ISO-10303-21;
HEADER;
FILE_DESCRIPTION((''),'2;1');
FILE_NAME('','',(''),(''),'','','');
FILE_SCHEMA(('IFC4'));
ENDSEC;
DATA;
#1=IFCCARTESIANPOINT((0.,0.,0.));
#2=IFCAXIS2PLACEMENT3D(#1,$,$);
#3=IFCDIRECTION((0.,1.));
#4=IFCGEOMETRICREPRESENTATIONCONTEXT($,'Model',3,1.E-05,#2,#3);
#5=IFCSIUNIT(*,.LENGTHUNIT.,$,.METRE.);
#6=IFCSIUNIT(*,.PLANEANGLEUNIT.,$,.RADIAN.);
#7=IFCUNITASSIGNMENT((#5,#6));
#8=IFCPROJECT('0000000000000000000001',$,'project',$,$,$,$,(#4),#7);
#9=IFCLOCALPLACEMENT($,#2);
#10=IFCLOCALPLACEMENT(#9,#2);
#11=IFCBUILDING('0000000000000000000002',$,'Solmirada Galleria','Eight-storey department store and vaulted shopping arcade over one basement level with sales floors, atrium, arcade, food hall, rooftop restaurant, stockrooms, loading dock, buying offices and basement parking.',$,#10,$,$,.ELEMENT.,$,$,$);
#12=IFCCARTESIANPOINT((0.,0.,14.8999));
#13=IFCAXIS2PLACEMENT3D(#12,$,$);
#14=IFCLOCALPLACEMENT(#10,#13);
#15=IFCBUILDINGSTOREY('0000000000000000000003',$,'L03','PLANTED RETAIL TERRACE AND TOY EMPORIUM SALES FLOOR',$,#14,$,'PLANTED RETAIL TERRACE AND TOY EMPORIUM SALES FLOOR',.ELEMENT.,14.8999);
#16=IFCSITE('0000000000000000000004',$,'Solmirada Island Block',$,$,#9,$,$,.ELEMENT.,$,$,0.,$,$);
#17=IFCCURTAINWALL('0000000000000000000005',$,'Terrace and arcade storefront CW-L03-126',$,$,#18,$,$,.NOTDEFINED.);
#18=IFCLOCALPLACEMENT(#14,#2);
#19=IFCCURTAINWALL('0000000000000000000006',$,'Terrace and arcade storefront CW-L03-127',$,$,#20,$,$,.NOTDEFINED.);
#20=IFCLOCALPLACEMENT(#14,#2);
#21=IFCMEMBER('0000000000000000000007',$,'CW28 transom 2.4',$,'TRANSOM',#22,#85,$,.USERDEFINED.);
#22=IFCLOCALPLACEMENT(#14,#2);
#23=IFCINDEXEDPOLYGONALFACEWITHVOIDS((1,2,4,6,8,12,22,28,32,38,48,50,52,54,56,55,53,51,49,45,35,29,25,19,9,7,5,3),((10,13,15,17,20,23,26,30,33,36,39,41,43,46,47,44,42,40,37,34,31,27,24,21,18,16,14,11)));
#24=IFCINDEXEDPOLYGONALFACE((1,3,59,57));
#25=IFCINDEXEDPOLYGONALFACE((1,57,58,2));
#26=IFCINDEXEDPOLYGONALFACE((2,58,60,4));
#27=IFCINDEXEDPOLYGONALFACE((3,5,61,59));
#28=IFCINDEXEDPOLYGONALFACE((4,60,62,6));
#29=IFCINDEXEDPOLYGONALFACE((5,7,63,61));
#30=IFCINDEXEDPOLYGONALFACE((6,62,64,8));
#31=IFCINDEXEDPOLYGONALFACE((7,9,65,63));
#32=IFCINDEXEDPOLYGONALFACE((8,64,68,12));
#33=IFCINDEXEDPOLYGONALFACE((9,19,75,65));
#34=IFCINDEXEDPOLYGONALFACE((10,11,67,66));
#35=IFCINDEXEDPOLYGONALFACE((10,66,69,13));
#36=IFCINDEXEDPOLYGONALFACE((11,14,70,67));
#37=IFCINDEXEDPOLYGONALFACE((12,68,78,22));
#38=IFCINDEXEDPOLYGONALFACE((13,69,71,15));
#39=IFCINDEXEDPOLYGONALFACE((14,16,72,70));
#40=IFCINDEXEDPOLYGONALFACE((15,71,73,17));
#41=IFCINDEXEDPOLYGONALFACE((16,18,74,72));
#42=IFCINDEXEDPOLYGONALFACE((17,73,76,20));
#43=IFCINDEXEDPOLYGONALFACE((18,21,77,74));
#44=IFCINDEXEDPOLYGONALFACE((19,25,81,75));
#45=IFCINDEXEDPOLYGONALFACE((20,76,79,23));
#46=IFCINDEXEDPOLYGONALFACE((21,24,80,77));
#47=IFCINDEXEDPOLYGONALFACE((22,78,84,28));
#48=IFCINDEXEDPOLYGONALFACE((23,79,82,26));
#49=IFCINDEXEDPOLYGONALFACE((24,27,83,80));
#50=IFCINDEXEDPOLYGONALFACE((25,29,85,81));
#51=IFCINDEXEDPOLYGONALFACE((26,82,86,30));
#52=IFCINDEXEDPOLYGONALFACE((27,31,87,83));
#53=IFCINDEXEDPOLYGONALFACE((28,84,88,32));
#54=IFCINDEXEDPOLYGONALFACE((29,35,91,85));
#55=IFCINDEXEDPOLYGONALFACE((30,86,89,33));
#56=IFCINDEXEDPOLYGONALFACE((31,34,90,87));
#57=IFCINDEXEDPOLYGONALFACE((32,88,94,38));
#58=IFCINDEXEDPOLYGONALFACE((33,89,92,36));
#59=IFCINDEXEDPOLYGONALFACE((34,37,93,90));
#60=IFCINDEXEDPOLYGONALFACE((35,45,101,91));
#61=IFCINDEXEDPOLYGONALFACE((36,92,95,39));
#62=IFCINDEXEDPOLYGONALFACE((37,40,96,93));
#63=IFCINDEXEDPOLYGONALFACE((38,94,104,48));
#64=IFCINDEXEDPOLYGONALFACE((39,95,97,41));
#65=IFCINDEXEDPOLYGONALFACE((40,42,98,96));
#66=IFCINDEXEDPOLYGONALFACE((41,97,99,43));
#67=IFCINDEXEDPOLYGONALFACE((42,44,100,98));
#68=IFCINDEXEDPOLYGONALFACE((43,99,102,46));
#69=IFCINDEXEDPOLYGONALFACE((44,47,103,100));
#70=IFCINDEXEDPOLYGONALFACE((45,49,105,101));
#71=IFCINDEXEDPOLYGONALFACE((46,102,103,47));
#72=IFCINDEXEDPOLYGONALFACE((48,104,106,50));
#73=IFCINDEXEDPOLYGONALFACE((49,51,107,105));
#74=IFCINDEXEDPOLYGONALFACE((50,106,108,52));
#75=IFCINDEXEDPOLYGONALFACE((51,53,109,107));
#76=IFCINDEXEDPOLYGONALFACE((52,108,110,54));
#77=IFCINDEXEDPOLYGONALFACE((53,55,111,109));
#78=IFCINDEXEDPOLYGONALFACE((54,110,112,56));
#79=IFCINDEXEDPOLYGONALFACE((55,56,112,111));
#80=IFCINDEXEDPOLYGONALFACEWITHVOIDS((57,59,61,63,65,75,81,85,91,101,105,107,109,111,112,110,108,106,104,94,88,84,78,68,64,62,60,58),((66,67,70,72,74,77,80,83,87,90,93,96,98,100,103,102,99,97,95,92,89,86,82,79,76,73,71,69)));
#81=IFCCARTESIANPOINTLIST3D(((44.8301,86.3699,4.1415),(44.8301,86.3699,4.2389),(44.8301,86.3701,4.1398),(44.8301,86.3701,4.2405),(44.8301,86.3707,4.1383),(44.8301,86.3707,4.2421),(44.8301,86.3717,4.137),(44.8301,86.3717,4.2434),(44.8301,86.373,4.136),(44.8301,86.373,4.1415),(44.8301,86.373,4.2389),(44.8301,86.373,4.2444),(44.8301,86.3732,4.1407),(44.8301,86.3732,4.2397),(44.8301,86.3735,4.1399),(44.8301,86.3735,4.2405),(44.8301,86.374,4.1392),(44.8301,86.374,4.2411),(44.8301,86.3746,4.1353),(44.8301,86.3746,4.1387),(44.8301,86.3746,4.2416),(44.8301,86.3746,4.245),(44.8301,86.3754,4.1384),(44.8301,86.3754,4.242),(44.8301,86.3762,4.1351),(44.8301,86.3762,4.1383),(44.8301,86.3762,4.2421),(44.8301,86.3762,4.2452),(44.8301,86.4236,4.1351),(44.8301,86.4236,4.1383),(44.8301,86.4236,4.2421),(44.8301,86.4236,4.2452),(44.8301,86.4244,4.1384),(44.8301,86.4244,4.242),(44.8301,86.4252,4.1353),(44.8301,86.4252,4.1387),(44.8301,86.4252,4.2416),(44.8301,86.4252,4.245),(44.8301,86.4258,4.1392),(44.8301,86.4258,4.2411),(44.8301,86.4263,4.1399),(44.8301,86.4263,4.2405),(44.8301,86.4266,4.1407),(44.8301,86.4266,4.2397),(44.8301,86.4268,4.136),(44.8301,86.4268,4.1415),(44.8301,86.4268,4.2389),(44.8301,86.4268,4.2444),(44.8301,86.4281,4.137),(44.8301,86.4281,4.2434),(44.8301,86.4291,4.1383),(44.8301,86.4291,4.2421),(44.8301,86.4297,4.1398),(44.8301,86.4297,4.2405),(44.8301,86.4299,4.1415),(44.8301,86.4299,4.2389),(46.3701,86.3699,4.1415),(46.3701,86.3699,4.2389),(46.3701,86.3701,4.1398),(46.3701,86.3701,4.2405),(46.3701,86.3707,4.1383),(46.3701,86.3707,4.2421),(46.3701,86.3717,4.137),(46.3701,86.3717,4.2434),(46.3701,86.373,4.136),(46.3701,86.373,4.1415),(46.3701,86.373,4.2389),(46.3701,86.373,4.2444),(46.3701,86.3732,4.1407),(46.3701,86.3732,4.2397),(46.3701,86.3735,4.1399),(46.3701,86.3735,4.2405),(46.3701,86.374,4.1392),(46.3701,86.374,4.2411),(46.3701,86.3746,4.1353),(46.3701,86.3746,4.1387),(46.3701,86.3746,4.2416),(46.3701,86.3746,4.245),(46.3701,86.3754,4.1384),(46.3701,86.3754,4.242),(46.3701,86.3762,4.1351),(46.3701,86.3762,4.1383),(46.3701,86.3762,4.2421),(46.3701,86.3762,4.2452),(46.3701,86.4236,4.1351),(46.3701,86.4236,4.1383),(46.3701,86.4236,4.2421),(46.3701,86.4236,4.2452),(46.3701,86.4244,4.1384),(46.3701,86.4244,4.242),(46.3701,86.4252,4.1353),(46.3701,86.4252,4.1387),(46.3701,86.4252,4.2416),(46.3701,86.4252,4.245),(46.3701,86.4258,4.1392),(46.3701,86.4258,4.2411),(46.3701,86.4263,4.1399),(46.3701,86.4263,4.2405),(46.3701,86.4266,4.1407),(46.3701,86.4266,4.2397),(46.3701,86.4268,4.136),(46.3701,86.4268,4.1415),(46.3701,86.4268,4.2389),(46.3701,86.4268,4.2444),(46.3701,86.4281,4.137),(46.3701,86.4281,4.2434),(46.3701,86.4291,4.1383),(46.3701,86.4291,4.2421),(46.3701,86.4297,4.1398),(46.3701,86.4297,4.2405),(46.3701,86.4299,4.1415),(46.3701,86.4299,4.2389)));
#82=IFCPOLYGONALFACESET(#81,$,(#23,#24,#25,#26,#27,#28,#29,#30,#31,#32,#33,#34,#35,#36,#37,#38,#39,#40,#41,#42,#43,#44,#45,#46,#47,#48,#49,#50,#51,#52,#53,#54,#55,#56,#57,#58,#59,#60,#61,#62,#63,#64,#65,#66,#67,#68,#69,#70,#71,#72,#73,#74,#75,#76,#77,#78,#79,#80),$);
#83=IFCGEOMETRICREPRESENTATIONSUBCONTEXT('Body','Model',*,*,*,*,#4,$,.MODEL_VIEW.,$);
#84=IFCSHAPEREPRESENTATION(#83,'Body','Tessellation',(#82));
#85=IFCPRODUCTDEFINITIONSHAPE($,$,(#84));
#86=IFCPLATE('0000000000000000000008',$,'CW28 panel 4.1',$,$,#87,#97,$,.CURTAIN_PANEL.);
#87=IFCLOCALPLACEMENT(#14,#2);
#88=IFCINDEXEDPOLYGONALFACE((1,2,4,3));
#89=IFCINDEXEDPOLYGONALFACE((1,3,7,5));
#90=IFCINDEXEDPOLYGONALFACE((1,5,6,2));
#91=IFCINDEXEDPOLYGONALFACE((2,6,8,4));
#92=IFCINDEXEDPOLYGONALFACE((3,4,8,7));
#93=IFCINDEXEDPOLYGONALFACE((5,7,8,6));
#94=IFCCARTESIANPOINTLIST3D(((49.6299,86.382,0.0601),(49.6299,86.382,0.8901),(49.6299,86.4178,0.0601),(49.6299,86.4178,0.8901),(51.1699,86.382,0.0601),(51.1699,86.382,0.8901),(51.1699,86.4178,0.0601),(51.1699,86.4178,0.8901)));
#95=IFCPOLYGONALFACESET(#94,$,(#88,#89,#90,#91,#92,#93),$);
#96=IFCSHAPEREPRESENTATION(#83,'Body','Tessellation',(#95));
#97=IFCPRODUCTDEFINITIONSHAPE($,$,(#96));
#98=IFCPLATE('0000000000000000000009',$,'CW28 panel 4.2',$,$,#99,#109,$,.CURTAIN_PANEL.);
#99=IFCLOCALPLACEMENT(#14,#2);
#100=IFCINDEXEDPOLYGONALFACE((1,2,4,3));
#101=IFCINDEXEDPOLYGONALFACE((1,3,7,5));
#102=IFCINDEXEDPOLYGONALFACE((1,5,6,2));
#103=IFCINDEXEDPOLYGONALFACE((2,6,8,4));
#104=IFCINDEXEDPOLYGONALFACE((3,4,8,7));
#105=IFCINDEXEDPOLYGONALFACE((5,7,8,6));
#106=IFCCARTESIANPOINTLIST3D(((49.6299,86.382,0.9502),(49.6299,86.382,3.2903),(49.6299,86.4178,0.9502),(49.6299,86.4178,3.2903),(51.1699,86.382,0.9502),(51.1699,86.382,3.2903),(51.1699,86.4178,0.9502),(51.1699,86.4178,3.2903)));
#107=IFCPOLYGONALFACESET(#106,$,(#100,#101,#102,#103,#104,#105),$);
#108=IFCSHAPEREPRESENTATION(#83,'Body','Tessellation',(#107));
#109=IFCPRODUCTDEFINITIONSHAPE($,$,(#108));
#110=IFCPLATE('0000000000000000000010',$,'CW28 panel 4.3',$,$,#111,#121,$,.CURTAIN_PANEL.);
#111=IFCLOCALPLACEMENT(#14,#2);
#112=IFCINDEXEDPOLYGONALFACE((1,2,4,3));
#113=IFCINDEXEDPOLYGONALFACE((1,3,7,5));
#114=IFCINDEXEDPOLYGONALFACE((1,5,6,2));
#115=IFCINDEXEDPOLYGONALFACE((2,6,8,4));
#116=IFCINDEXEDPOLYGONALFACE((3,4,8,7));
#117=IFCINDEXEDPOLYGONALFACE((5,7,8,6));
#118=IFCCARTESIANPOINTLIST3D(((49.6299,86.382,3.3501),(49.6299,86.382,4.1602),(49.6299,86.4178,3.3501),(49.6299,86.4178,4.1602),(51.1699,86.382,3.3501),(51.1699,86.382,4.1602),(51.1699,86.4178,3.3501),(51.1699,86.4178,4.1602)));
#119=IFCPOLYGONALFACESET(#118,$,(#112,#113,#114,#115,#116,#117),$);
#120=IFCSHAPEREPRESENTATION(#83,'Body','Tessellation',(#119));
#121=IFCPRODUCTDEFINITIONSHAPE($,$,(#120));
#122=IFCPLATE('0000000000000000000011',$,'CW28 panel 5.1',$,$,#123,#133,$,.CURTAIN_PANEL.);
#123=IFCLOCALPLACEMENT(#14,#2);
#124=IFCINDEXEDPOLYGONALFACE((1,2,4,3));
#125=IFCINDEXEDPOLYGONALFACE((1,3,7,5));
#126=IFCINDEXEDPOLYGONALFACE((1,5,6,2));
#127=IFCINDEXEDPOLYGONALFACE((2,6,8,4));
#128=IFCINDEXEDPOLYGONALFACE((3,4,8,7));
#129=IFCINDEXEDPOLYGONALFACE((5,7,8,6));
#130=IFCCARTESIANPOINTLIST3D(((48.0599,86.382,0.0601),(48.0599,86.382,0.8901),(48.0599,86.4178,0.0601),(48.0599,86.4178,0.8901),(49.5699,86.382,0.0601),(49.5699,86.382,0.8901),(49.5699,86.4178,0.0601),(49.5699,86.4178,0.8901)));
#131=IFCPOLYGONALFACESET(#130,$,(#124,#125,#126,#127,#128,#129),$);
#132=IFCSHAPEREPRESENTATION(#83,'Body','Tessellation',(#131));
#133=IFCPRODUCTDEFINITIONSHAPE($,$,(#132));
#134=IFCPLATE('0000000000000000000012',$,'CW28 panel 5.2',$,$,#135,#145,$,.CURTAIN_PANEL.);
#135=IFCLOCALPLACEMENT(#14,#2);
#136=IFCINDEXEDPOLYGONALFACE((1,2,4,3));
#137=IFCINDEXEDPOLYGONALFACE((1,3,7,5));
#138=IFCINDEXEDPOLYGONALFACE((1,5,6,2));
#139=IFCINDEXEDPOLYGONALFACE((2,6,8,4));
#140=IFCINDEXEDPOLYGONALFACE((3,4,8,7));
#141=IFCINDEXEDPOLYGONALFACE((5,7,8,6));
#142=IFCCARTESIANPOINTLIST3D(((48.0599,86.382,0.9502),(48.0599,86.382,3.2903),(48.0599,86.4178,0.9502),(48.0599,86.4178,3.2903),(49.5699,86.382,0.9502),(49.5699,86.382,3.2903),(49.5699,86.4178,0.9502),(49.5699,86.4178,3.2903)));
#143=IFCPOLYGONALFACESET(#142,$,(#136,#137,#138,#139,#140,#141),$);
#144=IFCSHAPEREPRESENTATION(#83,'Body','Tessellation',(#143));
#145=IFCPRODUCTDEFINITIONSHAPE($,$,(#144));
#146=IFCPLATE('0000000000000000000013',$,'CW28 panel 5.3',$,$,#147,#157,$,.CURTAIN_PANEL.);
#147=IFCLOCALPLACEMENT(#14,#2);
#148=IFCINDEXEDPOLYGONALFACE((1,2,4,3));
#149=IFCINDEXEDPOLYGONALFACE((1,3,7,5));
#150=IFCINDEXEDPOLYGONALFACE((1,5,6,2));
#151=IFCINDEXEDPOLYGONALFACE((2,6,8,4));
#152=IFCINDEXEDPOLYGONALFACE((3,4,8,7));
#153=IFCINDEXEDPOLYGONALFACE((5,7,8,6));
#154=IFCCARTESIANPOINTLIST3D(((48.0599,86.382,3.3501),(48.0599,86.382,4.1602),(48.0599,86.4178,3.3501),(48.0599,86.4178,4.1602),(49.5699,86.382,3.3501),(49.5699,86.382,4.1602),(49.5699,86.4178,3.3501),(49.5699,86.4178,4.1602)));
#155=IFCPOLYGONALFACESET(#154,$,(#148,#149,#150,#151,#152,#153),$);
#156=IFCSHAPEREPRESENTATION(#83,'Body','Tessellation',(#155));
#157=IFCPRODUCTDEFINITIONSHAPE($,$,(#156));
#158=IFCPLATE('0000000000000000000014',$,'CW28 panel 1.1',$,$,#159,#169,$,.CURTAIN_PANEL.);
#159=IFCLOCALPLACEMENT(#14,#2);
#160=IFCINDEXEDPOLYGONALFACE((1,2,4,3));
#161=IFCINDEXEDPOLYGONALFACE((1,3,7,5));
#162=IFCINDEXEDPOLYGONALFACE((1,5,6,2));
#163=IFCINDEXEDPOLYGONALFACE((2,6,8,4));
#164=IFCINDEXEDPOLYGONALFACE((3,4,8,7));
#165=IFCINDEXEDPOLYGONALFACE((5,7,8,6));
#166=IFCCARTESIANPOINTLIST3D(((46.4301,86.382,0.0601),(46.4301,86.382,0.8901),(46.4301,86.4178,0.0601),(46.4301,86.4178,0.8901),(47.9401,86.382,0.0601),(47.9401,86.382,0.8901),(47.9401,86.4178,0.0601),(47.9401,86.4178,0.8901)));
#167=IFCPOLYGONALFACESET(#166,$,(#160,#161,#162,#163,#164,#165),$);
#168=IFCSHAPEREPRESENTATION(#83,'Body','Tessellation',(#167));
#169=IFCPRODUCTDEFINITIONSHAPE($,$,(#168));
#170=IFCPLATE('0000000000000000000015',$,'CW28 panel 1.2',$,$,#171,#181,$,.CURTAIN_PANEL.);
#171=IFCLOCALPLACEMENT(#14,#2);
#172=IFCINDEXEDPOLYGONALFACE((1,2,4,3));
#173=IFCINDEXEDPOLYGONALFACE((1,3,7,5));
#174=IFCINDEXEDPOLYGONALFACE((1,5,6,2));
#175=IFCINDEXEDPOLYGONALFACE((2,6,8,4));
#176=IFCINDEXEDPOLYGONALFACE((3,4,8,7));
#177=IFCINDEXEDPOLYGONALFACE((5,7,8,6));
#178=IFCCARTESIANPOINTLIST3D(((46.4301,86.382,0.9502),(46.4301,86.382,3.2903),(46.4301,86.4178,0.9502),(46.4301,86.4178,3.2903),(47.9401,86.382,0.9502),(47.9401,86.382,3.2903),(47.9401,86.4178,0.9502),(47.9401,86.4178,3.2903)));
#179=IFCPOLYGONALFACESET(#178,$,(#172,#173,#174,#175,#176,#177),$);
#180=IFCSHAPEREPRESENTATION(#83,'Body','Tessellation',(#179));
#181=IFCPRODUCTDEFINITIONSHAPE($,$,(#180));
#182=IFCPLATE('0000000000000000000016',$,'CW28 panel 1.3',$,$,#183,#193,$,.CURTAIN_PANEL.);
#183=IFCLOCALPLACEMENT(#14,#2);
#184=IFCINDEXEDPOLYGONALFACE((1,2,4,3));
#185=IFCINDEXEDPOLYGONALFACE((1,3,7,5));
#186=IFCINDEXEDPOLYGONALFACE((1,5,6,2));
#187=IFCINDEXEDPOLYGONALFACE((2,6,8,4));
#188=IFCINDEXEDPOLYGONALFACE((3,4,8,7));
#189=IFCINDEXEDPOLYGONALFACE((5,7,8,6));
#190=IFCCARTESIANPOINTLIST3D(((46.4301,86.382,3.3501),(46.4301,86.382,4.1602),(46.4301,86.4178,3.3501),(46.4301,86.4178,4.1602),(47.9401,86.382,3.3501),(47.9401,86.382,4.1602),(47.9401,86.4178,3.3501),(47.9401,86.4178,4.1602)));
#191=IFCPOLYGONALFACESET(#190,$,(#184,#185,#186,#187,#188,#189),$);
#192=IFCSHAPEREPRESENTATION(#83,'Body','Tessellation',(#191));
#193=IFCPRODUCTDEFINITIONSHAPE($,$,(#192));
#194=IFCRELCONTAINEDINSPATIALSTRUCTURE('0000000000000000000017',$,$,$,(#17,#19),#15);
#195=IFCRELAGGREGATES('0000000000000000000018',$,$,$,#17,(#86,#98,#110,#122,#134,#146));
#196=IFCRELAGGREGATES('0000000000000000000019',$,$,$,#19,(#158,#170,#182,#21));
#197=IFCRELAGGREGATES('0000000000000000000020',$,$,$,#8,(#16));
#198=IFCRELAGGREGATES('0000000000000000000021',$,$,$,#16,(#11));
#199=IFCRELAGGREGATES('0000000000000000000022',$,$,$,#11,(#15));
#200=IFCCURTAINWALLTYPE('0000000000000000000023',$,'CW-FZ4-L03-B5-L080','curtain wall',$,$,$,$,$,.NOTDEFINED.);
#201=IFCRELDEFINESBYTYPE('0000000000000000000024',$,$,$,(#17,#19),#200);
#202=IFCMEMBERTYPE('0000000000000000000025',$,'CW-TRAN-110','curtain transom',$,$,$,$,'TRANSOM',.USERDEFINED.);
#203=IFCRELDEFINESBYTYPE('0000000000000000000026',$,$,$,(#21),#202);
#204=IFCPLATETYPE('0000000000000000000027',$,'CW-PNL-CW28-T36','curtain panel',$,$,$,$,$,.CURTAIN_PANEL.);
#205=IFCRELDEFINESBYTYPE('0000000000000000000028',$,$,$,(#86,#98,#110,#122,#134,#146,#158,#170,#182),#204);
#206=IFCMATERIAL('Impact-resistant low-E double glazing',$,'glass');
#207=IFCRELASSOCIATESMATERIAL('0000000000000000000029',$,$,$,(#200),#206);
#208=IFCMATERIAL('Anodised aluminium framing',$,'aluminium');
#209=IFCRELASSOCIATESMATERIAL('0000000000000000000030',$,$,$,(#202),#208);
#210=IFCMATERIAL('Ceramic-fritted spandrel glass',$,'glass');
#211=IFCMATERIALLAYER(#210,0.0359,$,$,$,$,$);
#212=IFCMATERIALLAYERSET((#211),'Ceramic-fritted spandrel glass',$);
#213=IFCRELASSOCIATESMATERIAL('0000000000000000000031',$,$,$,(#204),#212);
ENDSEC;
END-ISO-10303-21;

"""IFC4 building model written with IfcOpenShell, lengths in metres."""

from ifc_helpers import new_model, si_unit, direction, frame, origin, origin_2d, place, context, subcontext, project, spatial, rectangle, hollow_rectangle, extrude, material, layer, layer_set, material_profile, profile_set, type_object, element, aggregate, save


model = new_model("IFC4")

# Units and contexts
model_context = context("Model", 3, precision=1e-05, world=origin(), true_north=direction((0.0, 1.0)))
body_context = subcontext(model_context, "Body", "Model", "MODEL_VIEW")
ifc_project = project(units=[si_unit("LENGTHUNIT", "METRE"), si_unit("PLANEANGLEUNIT", "RADIAN")], contexts=[model_context])

# Site, building, storey
site_placement = place(None, origin())
site = spatial("IfcSite", under=ifc_project, at=site_placement, Name="Solmirada Island Block", CompositionType="ELEMENT", RefElevation=0.0)
building_placement = place(site_placement, origin())
building = spatial("IfcBuilding", under=site, at=building_placement, Name="Solmirada Galleria", Description="Eight-storey department store and vaulted shopping arcade over one basement level with sales floors, atrium, arcade, food hall, rooftop restaurant, stockrooms, loading dock, buying offices and basement parking.", CompositionType="ELEMENT")
storey_placement = place(building_placement, frame((0.0, 0.0, 14.8999)))
storey = spatial("IfcBuildingStorey", under=building, at=storey_placement, Name="L03", Description="PLANTED RETAIL TERRACE AND TOY EMPORIUM SALES FLOOR", LongName="PLANTED RETAIL TERRACE AND TOY EMPORIUM SALES FLOOR", CompositionType="ELEMENT", Elevation=14.8999)

# Curtain walls
ifc_material_1 = material(Name="Impact-resistant low-E double glazing", Category="glass")
curtain_wall_type = type_object("IfcCurtainWallType", Name="CW-FZ4-L03-B5-L080", Description="curtain wall", PredefinedType="NOTDEFINED", material=ifc_material_1)
curtain_wall_1_placement = place(storey_placement, origin())
curtain_wall_1 = element("IfcCurtainWall", 1, at=curtain_wall_1_placement, inside=storey, type_object=curtain_wall_type, Name="Terrace and arcade storefront CW-L03-126", PredefinedType="NOTDEFINED")
ifc_material_2 = material(Name="Anodised aluminium framing", Category="aluminium")
curtain_wall_2_placement = place(storey_placement, origin())
curtain_wall_2 = element("IfcCurtainWall", 2, at=curtain_wall_2_placement, inside=storey, type_object=curtain_wall_type, Name="Terrace and arcade storefront CW-L03-127", PredefinedType="NOTDEFINED")

# Member
ifc_material_profile_1 = material_profile(ifc_material_2, hollow_rectangle(XDim=0.0601, YDim=0.1101, WallThickness=0.0032, InnerFilletRadius=0.0032, OuterFilletRadius=0.0063, at=origin_2d()), Name="ALU-TRAN-110X60")
ifc_profile_set_1 = profile_set([ifc_material_profile_1], Name="Anodised aluminium framing")
member_type_1 = type_object("IfcMemberType", Name="CW-TRAN-110", Description="curtain transom", ElementType="TRANSOM", PredefinedType="USERDEFINED", material=ifc_profile_set_1)
member_1_placement = place(storey_placement, frame((46.3701, 86.3999, 4.1902), z_axis=(-1.0, 0.0, 0.0), x_axis=(0.0, -1.0, 0.0)))
member_1 = element("IfcMember", 3, at=member_1_placement, type_object=member_type_1, Name="CW28 transom 2.4", ObjectType="TRANSOM", PredefinedType="USERDEFINED", context=body_context, shape_type="SweptSolid", body=[
    extrude(hollow_rectangle(XDim=0.0601, YDim=0.1101, WallThickness=0.0032, InnerFilletRadius=0.0032, OuterFilletRadius=0.0063, at=origin_2d()), origin(), (0.0, 0.0, 1.0), 1.54),
])

# Plates
ifc_material_3 = material(Name="Ceramic-fritted spandrel glass", Category="glass")
ifc_layer_1 = layer(ifc_material_3, 0.0359)
ifc_layer_set_1 = layer_set([ifc_layer_1], Name="Ceramic-fritted spandrel glass")
plate_type = type_object("IfcPlateType", Name="CW-PNL-CW28-T36", Description="curtain panel", PredefinedType="CURTAIN_PANEL", material=ifc_layer_set_1)
plate_1_placement = place(storey_placement, frame((50.3999, 86.3999, 0.0601), z_axis=(0.0, 0.0, 1.0), x_axis=(-1.0, 0.0, 0.0)))
plate_1 = element("IfcPlate", 4, at=plate_1_placement, type_object=plate_type, Name="CW28 panel 4.1", PredefinedType="CURTAIN_PANEL", context=body_context, shape_type="SweptSolid", body=[
    extrude(rectangle(XDim=1.54, YDim=0.0359, at=origin_2d()), origin(), (0.0, 0.0, 1.0), 0.8301),
])
plate_2_placement = place(storey_placement, frame((50.3999, 86.3999, 0.9502), z_axis=(0.0, 0.0, 1.0), x_axis=(-1.0, 0.0, 0.0)))
plate_2 = element("IfcPlate", 5, at=plate_2_placement, type_object=plate_type, Name="CW28 panel 4.2", PredefinedType="CURTAIN_PANEL", context=body_context, shape_type="SweptSolid", body=[
    extrude(rectangle(XDim=1.54, YDim=0.0359, at=origin_2d()), origin(), (0.0, 0.0, 1.0), 2.3401),
])
plate_3_placement = place(storey_placement, frame((50.3999, 86.3999, 3.3501), z_axis=(0.0, 0.0, 1.0), x_axis=(-1.0, 0.0, 0.0)))
plate_3 = element("IfcPlate", 6, at=plate_3_placement, type_object=plate_type, Name="CW28 panel 4.3", PredefinedType="CURTAIN_PANEL", context=body_context, shape_type="SweptSolid", body=[
    extrude(rectangle(XDim=1.54, YDim=0.0359, at=origin_2d()), origin(), (0.0, 0.0, 1.0), 0.8101),
])
plate_4_placement = place(storey_placement, frame((48.8149, 86.3999, 0.0601), z_axis=(0.0, 0.0, 1.0), x_axis=(-1.0, 0.0, 0.0)))
plate_4 = element("IfcPlate", 7, at=plate_4_placement, type_object=plate_type, Name="CW28 panel 5.1", PredefinedType="CURTAIN_PANEL", context=body_context, shape_type="SweptSolid", body=[
    extrude(rectangle(XDim=1.51, YDim=0.0359, at=origin_2d()), origin(), (0.0, 0.0, 1.0), 0.8301),
])
plate_5_placement = place(storey_placement, frame((48.8149, 86.3999, 0.9502), z_axis=(0.0, 0.0, 1.0), x_axis=(-1.0, 0.0, 0.0)))
plate_5 = element("IfcPlate", 8, at=plate_5_placement, type_object=plate_type, Name="CW28 panel 5.2", PredefinedType="CURTAIN_PANEL", context=body_context, shape_type="SweptSolid", body=[
    extrude(rectangle(XDim=1.51, YDim=0.0359, at=origin_2d()), origin(), (0.0, 0.0, 1.0), 2.3401),
])
plate_6_placement = place(storey_placement, frame((48.8149, 86.3999, 3.3501), z_axis=(0.0, 0.0, 1.0), x_axis=(-1.0, 0.0, 0.0)))
plate_6 = element("IfcPlate", 9, at=plate_6_placement, type_object=plate_type, Name="CW28 panel 5.3", PredefinedType="CURTAIN_PANEL", context=body_context, shape_type="SweptSolid", body=[
    extrude(rectangle(XDim=1.51, YDim=0.0359, at=origin_2d()), origin(), (0.0, 0.0, 1.0), 0.8101),
])
aggregate(curtain_wall_1, [plate_1, plate_2, plate_3, plate_4, plate_5, plate_6])
plate_7_placement = place(storey_placement, frame((47.1851, 86.3999, 0.0601), z_axis=(0.0, 0.0, 1.0), x_axis=(-1.0, 0.0, 0.0)))
plate_7 = element("IfcPlate", 10, at=plate_7_placement, type_object=plate_type, Name="CW28 panel 1.1", PredefinedType="CURTAIN_PANEL", context=body_context, shape_type="SweptSolid", body=[
    extrude(rectangle(XDim=1.51, YDim=0.0359, at=origin_2d()), origin(), (0.0, 0.0, 1.0), 0.8301),
])
plate_8_placement = place(storey_placement, frame((47.1851, 86.3999, 0.9502), z_axis=(0.0, 0.0, 1.0), x_axis=(-1.0, 0.0, 0.0)))
plate_8 = element("IfcPlate", 11, at=plate_8_placement, type_object=plate_type, Name="CW28 panel 1.2", PredefinedType="CURTAIN_PANEL", context=body_context, shape_type="SweptSolid", body=[
    extrude(rectangle(XDim=1.51, YDim=0.0359, at=origin_2d()), origin(), (0.0, 0.0, 1.0), 2.3401),
])
plate_9_placement = place(storey_placement, frame((47.1851, 86.3999, 3.3501), z_axis=(0.0, 0.0, 1.0), x_axis=(-1.0, 0.0, 0.0)))
plate_9 = element("IfcPlate", 12, at=plate_9_placement, type_object=plate_type, Name="CW28 panel 1.3", PredefinedType="CURTAIN_PANEL", context=body_context, shape_type="SweptSolid", body=[
    extrude(rectangle(XDim=1.51, YDim=0.0359, at=origin_2d()), origin(), (0.0, 0.0, 1.0), 0.8101),
])
aggregate(curtain_wall_2, [plate_7, plate_8, plate_9, member_1])

save(model, "model.ifc")
